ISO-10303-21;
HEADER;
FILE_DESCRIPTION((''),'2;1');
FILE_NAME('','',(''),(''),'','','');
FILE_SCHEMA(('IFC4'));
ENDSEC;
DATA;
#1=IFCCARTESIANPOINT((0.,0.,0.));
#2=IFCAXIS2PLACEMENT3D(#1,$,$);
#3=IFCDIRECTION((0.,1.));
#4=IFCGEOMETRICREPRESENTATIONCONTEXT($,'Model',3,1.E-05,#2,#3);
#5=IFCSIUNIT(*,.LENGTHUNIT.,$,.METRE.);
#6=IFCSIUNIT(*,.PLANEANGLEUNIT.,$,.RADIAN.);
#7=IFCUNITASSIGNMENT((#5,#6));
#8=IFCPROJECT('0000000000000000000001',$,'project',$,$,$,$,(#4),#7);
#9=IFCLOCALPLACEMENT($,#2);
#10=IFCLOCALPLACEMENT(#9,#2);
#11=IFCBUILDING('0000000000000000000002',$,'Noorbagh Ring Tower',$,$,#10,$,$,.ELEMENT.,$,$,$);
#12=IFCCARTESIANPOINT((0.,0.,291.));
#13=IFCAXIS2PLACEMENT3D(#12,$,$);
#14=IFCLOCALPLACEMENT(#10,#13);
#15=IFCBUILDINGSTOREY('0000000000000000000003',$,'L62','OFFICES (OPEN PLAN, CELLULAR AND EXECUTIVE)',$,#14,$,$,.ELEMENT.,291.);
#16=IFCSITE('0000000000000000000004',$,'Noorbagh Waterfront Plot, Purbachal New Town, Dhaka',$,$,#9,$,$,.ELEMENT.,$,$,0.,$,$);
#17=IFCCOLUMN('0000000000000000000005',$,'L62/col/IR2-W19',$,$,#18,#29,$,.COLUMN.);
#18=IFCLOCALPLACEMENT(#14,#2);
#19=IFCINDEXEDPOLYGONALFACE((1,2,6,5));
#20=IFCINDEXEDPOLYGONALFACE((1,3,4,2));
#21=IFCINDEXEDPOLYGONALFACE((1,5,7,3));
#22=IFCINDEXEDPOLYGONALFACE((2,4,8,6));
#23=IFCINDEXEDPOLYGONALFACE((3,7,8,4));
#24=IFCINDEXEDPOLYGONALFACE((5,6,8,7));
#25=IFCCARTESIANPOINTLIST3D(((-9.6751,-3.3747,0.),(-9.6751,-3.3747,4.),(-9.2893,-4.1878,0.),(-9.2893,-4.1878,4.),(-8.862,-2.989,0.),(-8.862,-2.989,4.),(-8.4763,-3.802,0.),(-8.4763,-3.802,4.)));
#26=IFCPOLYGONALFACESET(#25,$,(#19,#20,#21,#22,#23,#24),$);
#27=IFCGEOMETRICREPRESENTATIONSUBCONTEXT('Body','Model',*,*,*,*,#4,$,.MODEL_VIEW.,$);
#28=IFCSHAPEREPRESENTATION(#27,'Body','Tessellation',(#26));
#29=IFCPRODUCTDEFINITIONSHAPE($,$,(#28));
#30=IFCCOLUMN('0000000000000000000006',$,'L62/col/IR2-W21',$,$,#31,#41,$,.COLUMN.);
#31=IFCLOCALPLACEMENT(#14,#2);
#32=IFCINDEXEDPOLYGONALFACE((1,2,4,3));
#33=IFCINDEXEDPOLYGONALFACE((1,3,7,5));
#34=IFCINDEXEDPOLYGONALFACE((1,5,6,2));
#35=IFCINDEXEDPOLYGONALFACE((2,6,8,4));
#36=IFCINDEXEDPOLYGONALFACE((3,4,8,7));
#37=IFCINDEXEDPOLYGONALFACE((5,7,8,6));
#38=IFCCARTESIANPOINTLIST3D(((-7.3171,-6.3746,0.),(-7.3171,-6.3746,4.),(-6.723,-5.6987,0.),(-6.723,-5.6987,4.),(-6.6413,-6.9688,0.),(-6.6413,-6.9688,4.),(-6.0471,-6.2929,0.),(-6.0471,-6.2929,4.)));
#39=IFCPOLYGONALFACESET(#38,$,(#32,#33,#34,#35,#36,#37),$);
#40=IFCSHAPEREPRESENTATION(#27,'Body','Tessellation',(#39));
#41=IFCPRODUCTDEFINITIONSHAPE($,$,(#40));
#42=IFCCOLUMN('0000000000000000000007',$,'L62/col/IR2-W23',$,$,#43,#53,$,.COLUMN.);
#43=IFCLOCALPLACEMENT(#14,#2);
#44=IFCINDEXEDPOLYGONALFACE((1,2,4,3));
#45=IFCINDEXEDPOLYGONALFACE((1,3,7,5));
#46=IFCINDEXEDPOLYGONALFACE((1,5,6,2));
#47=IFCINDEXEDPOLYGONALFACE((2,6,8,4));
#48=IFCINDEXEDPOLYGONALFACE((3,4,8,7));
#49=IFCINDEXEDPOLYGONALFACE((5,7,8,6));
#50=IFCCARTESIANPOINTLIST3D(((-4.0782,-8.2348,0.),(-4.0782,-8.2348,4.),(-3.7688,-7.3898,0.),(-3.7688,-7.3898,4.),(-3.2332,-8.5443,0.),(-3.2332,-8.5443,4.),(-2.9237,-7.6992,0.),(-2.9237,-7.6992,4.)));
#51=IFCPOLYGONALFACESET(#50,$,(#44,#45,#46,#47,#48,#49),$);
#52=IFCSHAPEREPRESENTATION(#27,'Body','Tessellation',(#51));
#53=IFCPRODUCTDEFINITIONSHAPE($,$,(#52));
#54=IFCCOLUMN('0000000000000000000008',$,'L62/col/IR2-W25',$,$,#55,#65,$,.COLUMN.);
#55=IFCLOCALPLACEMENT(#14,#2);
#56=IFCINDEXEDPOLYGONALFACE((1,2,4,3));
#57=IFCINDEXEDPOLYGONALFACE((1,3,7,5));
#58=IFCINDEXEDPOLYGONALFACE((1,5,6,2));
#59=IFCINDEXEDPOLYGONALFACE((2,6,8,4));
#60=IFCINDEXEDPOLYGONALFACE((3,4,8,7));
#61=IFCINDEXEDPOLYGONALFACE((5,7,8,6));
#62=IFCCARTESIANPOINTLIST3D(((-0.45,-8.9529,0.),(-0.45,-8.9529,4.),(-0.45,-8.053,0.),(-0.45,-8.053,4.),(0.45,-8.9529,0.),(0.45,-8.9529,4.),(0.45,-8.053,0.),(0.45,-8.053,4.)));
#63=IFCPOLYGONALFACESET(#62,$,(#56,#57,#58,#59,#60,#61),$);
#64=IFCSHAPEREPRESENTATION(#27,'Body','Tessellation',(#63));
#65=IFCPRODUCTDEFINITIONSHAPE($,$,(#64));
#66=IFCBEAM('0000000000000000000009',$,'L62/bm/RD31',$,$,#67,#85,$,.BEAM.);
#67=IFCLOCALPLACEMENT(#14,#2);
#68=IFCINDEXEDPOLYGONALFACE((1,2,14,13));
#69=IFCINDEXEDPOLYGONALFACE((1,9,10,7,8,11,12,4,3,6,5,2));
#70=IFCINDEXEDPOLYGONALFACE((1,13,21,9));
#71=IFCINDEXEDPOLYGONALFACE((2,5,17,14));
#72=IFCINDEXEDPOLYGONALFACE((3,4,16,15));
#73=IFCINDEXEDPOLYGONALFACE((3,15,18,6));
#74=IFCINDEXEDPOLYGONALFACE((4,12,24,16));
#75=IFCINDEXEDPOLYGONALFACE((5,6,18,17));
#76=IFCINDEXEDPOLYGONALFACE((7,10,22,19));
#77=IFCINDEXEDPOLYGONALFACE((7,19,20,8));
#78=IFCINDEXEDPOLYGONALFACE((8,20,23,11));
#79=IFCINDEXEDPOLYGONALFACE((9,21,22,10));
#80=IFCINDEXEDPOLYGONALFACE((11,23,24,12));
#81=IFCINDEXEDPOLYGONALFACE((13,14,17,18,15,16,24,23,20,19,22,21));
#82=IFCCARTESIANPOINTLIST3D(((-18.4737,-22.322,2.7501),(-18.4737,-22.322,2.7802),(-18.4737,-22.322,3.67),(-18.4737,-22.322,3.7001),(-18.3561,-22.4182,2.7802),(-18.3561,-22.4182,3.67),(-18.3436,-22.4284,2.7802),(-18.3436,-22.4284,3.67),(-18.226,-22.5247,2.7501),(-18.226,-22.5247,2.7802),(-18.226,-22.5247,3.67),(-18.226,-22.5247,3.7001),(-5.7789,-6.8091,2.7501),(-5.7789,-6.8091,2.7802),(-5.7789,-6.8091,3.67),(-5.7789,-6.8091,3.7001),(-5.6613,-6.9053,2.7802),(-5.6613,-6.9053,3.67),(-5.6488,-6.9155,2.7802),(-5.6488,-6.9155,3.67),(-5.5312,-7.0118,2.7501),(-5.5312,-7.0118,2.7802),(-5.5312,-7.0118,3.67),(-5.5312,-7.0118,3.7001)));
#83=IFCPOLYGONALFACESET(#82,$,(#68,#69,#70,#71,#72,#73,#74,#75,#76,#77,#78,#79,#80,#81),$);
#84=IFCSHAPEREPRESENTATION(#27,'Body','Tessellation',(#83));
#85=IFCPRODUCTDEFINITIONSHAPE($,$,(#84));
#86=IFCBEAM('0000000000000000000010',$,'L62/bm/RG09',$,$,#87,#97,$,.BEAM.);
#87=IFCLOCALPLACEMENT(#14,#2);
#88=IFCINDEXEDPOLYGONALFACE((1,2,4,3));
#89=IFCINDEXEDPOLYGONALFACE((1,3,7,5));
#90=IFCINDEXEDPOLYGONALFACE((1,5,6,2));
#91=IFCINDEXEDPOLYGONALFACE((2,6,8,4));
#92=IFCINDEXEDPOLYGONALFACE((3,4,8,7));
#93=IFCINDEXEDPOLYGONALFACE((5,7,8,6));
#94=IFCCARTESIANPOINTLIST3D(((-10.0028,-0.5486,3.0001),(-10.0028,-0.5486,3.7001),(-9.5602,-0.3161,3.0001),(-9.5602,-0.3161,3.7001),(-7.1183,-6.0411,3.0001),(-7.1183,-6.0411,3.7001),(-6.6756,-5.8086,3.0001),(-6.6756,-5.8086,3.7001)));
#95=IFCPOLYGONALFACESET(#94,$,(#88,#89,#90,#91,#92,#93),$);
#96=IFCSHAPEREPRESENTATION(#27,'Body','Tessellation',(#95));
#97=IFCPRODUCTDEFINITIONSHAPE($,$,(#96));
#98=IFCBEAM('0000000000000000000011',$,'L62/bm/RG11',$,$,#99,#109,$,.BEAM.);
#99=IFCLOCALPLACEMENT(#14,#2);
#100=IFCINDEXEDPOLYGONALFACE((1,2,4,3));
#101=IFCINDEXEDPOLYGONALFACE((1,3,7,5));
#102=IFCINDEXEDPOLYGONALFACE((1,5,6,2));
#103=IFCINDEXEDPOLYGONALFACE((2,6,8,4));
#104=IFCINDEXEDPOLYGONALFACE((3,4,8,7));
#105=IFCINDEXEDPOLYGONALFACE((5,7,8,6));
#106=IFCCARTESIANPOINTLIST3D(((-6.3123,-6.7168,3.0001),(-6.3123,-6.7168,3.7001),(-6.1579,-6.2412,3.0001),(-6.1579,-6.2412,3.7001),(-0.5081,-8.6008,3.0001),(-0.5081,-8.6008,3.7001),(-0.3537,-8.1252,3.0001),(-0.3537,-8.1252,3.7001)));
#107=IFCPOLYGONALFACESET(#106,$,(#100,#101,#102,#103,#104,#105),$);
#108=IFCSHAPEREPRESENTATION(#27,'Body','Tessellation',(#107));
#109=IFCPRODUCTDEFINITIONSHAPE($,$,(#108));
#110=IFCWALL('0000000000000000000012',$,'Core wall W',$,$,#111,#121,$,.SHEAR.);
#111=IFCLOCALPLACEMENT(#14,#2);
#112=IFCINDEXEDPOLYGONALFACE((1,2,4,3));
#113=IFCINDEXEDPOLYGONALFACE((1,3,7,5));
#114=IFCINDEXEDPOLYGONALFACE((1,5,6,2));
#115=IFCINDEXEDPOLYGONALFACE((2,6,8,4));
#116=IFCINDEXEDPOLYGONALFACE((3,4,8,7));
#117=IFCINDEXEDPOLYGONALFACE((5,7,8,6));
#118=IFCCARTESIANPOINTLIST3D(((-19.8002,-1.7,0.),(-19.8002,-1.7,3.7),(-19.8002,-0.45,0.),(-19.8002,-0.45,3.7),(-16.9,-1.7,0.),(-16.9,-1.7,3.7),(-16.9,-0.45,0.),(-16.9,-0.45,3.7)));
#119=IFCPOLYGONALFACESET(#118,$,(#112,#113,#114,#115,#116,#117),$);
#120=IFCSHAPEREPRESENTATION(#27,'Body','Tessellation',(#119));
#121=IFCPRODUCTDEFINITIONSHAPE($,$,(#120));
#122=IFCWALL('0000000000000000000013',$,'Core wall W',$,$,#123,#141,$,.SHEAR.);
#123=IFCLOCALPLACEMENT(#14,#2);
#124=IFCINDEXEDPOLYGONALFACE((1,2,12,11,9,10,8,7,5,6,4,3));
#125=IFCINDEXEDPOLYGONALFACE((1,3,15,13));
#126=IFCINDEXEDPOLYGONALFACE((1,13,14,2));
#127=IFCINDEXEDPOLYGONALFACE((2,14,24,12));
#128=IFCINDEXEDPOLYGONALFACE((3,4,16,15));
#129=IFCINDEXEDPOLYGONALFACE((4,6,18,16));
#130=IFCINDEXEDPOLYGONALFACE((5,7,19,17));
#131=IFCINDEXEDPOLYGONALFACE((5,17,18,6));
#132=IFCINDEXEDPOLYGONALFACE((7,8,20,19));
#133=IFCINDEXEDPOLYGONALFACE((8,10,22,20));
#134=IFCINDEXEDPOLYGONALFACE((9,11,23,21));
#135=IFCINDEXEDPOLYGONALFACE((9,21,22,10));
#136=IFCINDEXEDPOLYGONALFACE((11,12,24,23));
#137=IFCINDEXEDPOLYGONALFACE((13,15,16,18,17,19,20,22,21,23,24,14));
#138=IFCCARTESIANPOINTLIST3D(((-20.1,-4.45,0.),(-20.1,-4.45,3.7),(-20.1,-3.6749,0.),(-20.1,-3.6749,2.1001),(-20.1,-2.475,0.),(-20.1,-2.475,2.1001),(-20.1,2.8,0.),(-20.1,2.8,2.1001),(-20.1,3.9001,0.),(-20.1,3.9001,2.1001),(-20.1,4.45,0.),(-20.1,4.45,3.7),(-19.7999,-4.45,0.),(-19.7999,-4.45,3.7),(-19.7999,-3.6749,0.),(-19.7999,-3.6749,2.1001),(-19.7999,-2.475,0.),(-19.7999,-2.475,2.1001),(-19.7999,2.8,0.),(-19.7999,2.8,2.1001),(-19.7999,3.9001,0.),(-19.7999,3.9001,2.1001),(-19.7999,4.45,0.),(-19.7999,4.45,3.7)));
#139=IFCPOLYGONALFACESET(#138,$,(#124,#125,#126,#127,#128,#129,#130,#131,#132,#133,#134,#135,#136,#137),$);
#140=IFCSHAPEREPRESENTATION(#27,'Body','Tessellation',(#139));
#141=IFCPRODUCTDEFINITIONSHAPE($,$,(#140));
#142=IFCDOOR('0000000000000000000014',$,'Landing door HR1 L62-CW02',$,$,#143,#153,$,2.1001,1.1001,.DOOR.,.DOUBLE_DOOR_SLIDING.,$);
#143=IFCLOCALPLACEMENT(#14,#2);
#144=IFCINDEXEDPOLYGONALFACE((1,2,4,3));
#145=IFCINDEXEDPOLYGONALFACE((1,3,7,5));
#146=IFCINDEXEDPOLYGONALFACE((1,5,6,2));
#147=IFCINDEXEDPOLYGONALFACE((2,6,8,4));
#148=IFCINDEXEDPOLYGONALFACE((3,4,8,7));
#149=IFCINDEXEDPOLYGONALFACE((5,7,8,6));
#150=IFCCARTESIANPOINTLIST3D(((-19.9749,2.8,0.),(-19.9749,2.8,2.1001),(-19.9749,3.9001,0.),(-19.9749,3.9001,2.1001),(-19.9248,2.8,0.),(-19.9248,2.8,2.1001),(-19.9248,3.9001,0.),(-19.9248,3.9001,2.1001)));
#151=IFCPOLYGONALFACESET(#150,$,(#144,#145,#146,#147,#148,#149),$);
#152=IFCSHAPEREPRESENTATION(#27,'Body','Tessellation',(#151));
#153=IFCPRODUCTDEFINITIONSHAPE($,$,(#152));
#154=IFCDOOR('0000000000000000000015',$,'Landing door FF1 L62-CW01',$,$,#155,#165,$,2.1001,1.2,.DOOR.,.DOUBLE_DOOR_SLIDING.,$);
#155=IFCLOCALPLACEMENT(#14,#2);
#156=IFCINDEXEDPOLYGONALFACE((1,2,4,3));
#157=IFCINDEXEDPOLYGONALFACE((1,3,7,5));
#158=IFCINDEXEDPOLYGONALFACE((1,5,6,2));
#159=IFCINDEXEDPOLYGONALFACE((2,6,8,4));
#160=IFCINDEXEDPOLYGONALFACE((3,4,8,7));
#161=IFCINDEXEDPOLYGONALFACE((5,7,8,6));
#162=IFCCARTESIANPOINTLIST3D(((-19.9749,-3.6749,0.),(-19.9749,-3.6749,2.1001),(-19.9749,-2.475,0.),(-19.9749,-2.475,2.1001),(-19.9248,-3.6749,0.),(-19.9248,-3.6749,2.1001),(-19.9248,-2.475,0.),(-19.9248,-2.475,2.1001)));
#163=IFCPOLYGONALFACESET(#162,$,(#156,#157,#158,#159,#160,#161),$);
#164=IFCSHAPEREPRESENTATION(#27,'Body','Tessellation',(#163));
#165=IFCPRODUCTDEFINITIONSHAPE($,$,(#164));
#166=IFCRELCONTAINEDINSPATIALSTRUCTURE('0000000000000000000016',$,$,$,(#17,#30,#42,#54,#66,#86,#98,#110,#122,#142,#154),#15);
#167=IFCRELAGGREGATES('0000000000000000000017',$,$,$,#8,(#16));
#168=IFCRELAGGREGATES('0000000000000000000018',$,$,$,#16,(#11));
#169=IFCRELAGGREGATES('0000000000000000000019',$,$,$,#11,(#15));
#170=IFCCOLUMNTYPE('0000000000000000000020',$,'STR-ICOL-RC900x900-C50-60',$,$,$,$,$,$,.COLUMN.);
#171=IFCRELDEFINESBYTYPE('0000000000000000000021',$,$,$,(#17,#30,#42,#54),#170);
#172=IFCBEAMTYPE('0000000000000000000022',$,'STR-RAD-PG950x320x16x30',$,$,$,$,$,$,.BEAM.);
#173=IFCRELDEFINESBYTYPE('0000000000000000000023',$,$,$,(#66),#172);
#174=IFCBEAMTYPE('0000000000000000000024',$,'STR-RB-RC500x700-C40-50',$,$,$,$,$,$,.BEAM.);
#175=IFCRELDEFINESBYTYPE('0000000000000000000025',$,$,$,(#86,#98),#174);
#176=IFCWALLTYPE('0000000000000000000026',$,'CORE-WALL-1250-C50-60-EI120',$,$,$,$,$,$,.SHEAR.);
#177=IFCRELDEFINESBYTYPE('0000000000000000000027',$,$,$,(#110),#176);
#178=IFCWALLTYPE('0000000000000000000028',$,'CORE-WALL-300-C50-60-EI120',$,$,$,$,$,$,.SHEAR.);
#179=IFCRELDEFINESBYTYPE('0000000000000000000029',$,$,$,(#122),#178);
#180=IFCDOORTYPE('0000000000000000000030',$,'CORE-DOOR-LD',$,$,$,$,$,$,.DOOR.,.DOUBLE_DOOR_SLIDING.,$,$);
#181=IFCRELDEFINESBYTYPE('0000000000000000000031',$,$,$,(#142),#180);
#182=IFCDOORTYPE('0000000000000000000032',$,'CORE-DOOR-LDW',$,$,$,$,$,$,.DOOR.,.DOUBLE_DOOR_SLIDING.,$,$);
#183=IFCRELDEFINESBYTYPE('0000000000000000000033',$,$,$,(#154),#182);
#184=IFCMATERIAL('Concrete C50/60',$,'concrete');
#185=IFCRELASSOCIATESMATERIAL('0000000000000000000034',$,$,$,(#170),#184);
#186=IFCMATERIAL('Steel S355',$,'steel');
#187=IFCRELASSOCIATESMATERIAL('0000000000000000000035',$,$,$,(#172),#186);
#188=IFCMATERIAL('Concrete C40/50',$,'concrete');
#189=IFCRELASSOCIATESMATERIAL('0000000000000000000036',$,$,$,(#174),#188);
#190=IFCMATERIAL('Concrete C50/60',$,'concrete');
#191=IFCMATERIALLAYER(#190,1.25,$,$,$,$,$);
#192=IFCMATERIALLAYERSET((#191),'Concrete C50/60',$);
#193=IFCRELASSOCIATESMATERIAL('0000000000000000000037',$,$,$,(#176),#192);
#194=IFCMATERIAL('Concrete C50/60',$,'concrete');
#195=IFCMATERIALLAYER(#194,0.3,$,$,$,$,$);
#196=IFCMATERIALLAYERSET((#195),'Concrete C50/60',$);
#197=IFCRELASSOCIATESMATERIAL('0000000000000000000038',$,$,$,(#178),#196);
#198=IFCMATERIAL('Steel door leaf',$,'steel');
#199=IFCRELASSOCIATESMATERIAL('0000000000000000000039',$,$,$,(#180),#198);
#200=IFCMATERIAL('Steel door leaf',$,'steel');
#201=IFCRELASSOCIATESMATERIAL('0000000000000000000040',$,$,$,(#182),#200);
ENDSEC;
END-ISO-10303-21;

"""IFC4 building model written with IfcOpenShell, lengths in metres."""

from ifc_helpers import new_model, si_unit, direction, frame, frame_2d, origin, origin_2d, place, context, subcontext, project, spatial, rectangle, i_section, extrude, material, layer, layer_set, material_profile, profile_set, type_object, element, fill, save


model = new_model("IFC4")

# Units and contexts
model_context = context("Model", 3, precision=1e-05, world=origin(), true_north=direction((0.0, 1.0)))
body_context = subcontext(model_context, "Body", "Model", "MODEL_VIEW")
ifc_project = project(units=[si_unit("LENGTHUNIT", "METRE"), si_unit("PLANEANGLEUNIT", "RADIAN")], contexts=[model_context])

# Site, building, storey
site_placement = place(None, origin())
site = spatial("IfcSite", under=ifc_project, at=site_placement, Name="Noorbagh Waterfront Plot, Purbachal New Town, Dhaka", CompositionType="ELEMENT", RefElevation=0.0)
building_placement = place(site_placement, origin())
building = spatial("IfcBuilding", under=site, at=building_placement, Name="Noorbagh Ring Tower", CompositionType="ELEMENT")
storey_placement = place(building_placement, frame((0.0, 0.0, 291.0)))
storey = spatial("IfcBuildingStorey", under=building, at=storey_placement, Name="L62", Description="OFFICES (OPEN PLAN, CELLULAR AND EXECUTIVE)", CompositionType="ELEMENT", Elevation=291.0)

# Columns
ifc_material_1 = material(Name="Concrete C50/60", Category="concrete")
ifc_material_profile_1 = material_profile(ifc_material_1, rectangle(XDim=0.8999, YDim=0.8999, at=origin_2d()), Name="RC900x900")
ifc_profile_set_1 = profile_set([ifc_material_profile_1], Name="Concrete C50/60")
column_type = type_object("IfcColumnType", Name="STR-ICOL-RC900x900-C50-60", PredefinedType="COLUMN", material=ifc_profile_set_1)
for number, where, z_axis, x_axis, name in (
    (1, (-9.0757, -3.5884, 0.0), (0.0, 0.0, 1.0), (0.428667, -0.903463, 0.0), "L62/col/IR2-W19"),
    (2, (-6.6821, -6.3337, 0.0), (0.0, 0.0, 1.0), (0.751022, -0.660277, 0.0), "L62/col/IR2-W21"),
    (3, (-3.501, -7.967, 0.0), (0.0, 0.0, 1.0), (0.93902, -0.343864, 0.0), "L62/col/IR2-W23"),
    (4, (0.0, -8.5029, 0.0), (0.0, 0.0, 1.0), (1.0, 0.0, 0.0), "L62/col/IR2-W25"),
):
    element("IfcColumn", number, at=place(storey_placement, frame(where, z_axis=z_axis, x_axis=x_axis)), inside=storey, type_object=column_type, Name=name, PredefinedType="COLUMN", context=body_context, shape_type="SweptSolid", body=[
        extrude(rectangle(XDim=0.8999, YDim=0.8999, at=origin_2d()), origin(), (0.0, 0.0, 1.0), 4.0),
    ])

# Beams
ifc_material_2 = material(Name="Steel S355", Category="steel")
ifc_material_profile_2 = material_profile(ifc_material_2, i_section(OverallWidth=0.3201, OverallDepth=0.95, WebThickness=0.0161, FlangeThickness=0.03, at=origin_2d()), Name="PG950x320x16x30")
ifc_profile_set_2 = profile_set([ifc_material_profile_2], Name="Steel S355")
beam_type_1 = type_object("IfcBeamType", Name="STR-RAD-PG950x320x16x30", PredefinedType="BEAM", material=ifc_profile_set_2)
beam_1_placement = place(storey_placement, frame((-18.3499, -22.4233, 3.2251), z_axis=(0.63331, 0.773898, 0.0), x_axis=(-0.773898, 0.63331, 0.0)))
element("IfcBeam", 5, at=beam_1_placement, inside=storey, type_object=beam_type_1, Name="L62/bm/RD31", PredefinedType="BEAM", context=body_context, shape_type="SweptSolid", body=[
    extrude(i_section(OverallWidth=0.3201, OverallDepth=0.95, WebThickness=0.0161, FlangeThickness=0.03, at=origin_2d()), origin(), (0.0, 0.0, 1.0), 20.0452),
])
ifc_material_3 = material(Name="Concrete C40/50", Category="concrete")
ifc_material_profile_3 = material_profile(ifc_material_3, rectangle(XDim=0.5, YDim=0.7, at=origin_2d()), Name="RC500x700")
ifc_profile_set_3 = profile_set([ifc_material_profile_3], Name="Concrete C40/50")
beam_type_2 = type_object("IfcBeamType", Name="STR-RB-RC500x700-C40-50", PredefinedType="BEAM", material=ifc_profile_set_3)
beam_2_placement = place(storey_placement, frame((-9.7815, -0.4324, 3.3501), z_axis=(0.46496, -0.885332, 0.0), x_axis=(0.885332, 0.46496, 0.0)))
element("IfcBeam", 6, at=beam_2_placement, inside=storey, type_object=beam_type_2, Name="L62/bm/RG09", PredefinedType="BEAM", context=body_context, shape_type="SweptSolid", body=[
    extrude(rectangle(XDim=0.5, YDim=0.7, at=origin_2d()), origin(), (0.0, 0.0, 1.0), 6.2039),
])
beam_3_placement = place(storey_placement, frame((-6.2351, -6.479, 3.3501), z_axis=(0.951146, -0.30874, 0.0), x_axis=(0.30874, 0.951146, 0.0)))
element("IfcBeam", 7, at=beam_3_placement, inside=storey, type_object=beam_type_2, Name="L62/bm/RG11", PredefinedType="BEAM", context=body_context, shape_type="SweptSolid", body=[
    extrude(rectangle(XDim=0.5, YDim=0.7, at=origin_2d()), origin(), (0.0, 0.0, 1.0), 6.1023),
])

# Wall
ifc_material_4 = material(Name="Concrete C50/60", Category="concrete")
ifc_layer_1 = layer(ifc_material_4, 1.25)
ifc_layer_set_1 = layer_set([ifc_layer_1], Name="Concrete C50/60")
wall_type_1 = type_object("IfcWallType", Name="CORE-WALL-1250-C50-60-EI120", PredefinedType="SHEAR", material=ifc_layer_set_1)
wall_1_placement = place(storey_placement, frame((-16.8999, -1.075, 0.0), z_axis=(0.0, 0.0, 1.0), x_axis=(-1.0, 0.0, 0.0)))
element("IfcWall", 8, at=wall_1_placement, inside=storey, type_object=wall_type_1, Name="Core wall W", PredefinedType="SHEAR", context=body_context, shape_type="SweptSolid", body=[
    extrude(rectangle(XDim=2.9001, YDim=1.25, at=frame_2d((1.4502, 0.0))), origin(), (0.0, 0.0, 1.0), 3.7),
])

# Wall, openings, doors
ifc_material_5 = material(Name="Concrete C50/60", Category="concrete")
ifc_layer_2 = layer(ifc_material_5, 0.3)
ifc_layer_set_2 = layer_set([ifc_layer_2], Name="Concrete C50/60")
wall_type_2 = type_object("IfcWallType", Name="CORE-WALL-300-C50-60-EI120", PredefinedType="SHEAR", material=ifc_layer_set_2)
wall_2_placement = place(storey_placement, frame((-19.95, -4.45, 0.0), z_axis=(0.0, 0.0, 1.0), x_axis=(0.0, 1.0, 0.0)))
wall_2 = element("IfcWall", 9, at=wall_2_placement, inside=storey, type_object=wall_type_2, Name="Core wall W", PredefinedType="SHEAR", context=body_context, shape_type="SweptSolid", body=[
    extrude(rectangle(XDim=8.8999, YDim=0.3, at=frame_2d((4.45, 0.0))), origin(), (0.0, 0.0, 1.0), 3.7),
])
opening_1_placement = place(wall_2_placement, frame((0.7749, 0.0, 0.0)))
opening_1 = element("IfcOpeningElement", 10, at=opening_1_placement, cuts=wall_2, PredefinedType="OPENING", context=body_context, shape_type="SweptSolid", body=[
    extrude(rectangle(XDim=1.2, YDim=2.1001, at=frame_2d((0.6001, 1.05))), frame((0.0, 0.1602, 0.0), z_axis=(0.0, -1.0, 0.0), x_axis=(1.0, 0.0, 0.0)), (0.0, 0.0, 1.0), 0.3201),
])
opening_2_placement = place(wall_2_placement, frame((7.25, 0.0, 0.0)))
opening_2 = element("IfcOpeningElement", 11, at=opening_2_placement, cuts=wall_2, PredefinedType="OPENING", context=body_context, shape_type="SweptSolid", body=[
    extrude(rectangle(XDim=1.1001, YDim=2.1001, at=frame_2d((0.55, 1.05))), frame((0.0, 0.1602, 0.0), z_axis=(0.0, -1.0, 0.0), x_axis=(1.0, 0.0, 0.0)), (0.0, 0.0, 1.0), 0.3201),
])
ifc_material_6 = material(Name="Steel door leaf", Category="steel")
door_type_1 = type_object("IfcDoorType", Name="CORE-DOOR-LD", OperationType="DOUBLE_DOOR_SLIDING", PredefinedType="DOOR", material=ifc_material_6)
door_1_placement = place(opening_2_placement, origin())
door_1 = element("IfcDoor", 12, at=door_1_placement, inside=storey, type_object=door_type_1, Name="Landing door HR1 L62-CW02", OperationType="DOUBLE_DOOR_SLIDING", OverallHeight=2.1001, OverallWidth=1.1001, PredefinedType="DOOR", context=body_context, shape_type="SweptSolid", body=[
    extrude(rectangle(XDim=1.1001, YDim=2.1001, at=frame_2d((0.55, 1.05))), frame((0.0, 0.0249, 0.0), z_axis=(0.0, -1.0, 0.0), x_axis=(1.0, 0.0, 0.0)), (0.0, 0.0, 1.0), 0.05),
])
fill(opening_2, door_1)
ifc_material_7 = material(Name="Steel door leaf", Category="steel")
door_type_2 = type_object("IfcDoorType", Name="CORE-DOOR-LDW", OperationType="DOUBLE_DOOR_SLIDING", PredefinedType="DOOR", material=ifc_material_7)
door_2_placement = place(opening_1_placement, origin())
door_2 = element("IfcDoor", 13, at=door_2_placement, inside=storey, type_object=door_type_2, Name="Landing door FF1 L62-CW01", OperationType="DOUBLE_DOOR_SLIDING", OverallHeight=2.1001, OverallWidth=1.2, PredefinedType="DOOR", context=body_context, shape_type="SweptSolid", body=[
    extrude(rectangle(XDim=1.2, YDim=2.1001, at=frame_2d((0.6001, 1.05))), frame((0.0, 0.0249, 0.0), z_axis=(0.0, -1.0, 0.0), x_axis=(1.0, 0.0, 0.0)), (0.0, 0.0, 1.0), 0.05),
])
fill(opening_1, door_2)

save(model, "model.ifc")
